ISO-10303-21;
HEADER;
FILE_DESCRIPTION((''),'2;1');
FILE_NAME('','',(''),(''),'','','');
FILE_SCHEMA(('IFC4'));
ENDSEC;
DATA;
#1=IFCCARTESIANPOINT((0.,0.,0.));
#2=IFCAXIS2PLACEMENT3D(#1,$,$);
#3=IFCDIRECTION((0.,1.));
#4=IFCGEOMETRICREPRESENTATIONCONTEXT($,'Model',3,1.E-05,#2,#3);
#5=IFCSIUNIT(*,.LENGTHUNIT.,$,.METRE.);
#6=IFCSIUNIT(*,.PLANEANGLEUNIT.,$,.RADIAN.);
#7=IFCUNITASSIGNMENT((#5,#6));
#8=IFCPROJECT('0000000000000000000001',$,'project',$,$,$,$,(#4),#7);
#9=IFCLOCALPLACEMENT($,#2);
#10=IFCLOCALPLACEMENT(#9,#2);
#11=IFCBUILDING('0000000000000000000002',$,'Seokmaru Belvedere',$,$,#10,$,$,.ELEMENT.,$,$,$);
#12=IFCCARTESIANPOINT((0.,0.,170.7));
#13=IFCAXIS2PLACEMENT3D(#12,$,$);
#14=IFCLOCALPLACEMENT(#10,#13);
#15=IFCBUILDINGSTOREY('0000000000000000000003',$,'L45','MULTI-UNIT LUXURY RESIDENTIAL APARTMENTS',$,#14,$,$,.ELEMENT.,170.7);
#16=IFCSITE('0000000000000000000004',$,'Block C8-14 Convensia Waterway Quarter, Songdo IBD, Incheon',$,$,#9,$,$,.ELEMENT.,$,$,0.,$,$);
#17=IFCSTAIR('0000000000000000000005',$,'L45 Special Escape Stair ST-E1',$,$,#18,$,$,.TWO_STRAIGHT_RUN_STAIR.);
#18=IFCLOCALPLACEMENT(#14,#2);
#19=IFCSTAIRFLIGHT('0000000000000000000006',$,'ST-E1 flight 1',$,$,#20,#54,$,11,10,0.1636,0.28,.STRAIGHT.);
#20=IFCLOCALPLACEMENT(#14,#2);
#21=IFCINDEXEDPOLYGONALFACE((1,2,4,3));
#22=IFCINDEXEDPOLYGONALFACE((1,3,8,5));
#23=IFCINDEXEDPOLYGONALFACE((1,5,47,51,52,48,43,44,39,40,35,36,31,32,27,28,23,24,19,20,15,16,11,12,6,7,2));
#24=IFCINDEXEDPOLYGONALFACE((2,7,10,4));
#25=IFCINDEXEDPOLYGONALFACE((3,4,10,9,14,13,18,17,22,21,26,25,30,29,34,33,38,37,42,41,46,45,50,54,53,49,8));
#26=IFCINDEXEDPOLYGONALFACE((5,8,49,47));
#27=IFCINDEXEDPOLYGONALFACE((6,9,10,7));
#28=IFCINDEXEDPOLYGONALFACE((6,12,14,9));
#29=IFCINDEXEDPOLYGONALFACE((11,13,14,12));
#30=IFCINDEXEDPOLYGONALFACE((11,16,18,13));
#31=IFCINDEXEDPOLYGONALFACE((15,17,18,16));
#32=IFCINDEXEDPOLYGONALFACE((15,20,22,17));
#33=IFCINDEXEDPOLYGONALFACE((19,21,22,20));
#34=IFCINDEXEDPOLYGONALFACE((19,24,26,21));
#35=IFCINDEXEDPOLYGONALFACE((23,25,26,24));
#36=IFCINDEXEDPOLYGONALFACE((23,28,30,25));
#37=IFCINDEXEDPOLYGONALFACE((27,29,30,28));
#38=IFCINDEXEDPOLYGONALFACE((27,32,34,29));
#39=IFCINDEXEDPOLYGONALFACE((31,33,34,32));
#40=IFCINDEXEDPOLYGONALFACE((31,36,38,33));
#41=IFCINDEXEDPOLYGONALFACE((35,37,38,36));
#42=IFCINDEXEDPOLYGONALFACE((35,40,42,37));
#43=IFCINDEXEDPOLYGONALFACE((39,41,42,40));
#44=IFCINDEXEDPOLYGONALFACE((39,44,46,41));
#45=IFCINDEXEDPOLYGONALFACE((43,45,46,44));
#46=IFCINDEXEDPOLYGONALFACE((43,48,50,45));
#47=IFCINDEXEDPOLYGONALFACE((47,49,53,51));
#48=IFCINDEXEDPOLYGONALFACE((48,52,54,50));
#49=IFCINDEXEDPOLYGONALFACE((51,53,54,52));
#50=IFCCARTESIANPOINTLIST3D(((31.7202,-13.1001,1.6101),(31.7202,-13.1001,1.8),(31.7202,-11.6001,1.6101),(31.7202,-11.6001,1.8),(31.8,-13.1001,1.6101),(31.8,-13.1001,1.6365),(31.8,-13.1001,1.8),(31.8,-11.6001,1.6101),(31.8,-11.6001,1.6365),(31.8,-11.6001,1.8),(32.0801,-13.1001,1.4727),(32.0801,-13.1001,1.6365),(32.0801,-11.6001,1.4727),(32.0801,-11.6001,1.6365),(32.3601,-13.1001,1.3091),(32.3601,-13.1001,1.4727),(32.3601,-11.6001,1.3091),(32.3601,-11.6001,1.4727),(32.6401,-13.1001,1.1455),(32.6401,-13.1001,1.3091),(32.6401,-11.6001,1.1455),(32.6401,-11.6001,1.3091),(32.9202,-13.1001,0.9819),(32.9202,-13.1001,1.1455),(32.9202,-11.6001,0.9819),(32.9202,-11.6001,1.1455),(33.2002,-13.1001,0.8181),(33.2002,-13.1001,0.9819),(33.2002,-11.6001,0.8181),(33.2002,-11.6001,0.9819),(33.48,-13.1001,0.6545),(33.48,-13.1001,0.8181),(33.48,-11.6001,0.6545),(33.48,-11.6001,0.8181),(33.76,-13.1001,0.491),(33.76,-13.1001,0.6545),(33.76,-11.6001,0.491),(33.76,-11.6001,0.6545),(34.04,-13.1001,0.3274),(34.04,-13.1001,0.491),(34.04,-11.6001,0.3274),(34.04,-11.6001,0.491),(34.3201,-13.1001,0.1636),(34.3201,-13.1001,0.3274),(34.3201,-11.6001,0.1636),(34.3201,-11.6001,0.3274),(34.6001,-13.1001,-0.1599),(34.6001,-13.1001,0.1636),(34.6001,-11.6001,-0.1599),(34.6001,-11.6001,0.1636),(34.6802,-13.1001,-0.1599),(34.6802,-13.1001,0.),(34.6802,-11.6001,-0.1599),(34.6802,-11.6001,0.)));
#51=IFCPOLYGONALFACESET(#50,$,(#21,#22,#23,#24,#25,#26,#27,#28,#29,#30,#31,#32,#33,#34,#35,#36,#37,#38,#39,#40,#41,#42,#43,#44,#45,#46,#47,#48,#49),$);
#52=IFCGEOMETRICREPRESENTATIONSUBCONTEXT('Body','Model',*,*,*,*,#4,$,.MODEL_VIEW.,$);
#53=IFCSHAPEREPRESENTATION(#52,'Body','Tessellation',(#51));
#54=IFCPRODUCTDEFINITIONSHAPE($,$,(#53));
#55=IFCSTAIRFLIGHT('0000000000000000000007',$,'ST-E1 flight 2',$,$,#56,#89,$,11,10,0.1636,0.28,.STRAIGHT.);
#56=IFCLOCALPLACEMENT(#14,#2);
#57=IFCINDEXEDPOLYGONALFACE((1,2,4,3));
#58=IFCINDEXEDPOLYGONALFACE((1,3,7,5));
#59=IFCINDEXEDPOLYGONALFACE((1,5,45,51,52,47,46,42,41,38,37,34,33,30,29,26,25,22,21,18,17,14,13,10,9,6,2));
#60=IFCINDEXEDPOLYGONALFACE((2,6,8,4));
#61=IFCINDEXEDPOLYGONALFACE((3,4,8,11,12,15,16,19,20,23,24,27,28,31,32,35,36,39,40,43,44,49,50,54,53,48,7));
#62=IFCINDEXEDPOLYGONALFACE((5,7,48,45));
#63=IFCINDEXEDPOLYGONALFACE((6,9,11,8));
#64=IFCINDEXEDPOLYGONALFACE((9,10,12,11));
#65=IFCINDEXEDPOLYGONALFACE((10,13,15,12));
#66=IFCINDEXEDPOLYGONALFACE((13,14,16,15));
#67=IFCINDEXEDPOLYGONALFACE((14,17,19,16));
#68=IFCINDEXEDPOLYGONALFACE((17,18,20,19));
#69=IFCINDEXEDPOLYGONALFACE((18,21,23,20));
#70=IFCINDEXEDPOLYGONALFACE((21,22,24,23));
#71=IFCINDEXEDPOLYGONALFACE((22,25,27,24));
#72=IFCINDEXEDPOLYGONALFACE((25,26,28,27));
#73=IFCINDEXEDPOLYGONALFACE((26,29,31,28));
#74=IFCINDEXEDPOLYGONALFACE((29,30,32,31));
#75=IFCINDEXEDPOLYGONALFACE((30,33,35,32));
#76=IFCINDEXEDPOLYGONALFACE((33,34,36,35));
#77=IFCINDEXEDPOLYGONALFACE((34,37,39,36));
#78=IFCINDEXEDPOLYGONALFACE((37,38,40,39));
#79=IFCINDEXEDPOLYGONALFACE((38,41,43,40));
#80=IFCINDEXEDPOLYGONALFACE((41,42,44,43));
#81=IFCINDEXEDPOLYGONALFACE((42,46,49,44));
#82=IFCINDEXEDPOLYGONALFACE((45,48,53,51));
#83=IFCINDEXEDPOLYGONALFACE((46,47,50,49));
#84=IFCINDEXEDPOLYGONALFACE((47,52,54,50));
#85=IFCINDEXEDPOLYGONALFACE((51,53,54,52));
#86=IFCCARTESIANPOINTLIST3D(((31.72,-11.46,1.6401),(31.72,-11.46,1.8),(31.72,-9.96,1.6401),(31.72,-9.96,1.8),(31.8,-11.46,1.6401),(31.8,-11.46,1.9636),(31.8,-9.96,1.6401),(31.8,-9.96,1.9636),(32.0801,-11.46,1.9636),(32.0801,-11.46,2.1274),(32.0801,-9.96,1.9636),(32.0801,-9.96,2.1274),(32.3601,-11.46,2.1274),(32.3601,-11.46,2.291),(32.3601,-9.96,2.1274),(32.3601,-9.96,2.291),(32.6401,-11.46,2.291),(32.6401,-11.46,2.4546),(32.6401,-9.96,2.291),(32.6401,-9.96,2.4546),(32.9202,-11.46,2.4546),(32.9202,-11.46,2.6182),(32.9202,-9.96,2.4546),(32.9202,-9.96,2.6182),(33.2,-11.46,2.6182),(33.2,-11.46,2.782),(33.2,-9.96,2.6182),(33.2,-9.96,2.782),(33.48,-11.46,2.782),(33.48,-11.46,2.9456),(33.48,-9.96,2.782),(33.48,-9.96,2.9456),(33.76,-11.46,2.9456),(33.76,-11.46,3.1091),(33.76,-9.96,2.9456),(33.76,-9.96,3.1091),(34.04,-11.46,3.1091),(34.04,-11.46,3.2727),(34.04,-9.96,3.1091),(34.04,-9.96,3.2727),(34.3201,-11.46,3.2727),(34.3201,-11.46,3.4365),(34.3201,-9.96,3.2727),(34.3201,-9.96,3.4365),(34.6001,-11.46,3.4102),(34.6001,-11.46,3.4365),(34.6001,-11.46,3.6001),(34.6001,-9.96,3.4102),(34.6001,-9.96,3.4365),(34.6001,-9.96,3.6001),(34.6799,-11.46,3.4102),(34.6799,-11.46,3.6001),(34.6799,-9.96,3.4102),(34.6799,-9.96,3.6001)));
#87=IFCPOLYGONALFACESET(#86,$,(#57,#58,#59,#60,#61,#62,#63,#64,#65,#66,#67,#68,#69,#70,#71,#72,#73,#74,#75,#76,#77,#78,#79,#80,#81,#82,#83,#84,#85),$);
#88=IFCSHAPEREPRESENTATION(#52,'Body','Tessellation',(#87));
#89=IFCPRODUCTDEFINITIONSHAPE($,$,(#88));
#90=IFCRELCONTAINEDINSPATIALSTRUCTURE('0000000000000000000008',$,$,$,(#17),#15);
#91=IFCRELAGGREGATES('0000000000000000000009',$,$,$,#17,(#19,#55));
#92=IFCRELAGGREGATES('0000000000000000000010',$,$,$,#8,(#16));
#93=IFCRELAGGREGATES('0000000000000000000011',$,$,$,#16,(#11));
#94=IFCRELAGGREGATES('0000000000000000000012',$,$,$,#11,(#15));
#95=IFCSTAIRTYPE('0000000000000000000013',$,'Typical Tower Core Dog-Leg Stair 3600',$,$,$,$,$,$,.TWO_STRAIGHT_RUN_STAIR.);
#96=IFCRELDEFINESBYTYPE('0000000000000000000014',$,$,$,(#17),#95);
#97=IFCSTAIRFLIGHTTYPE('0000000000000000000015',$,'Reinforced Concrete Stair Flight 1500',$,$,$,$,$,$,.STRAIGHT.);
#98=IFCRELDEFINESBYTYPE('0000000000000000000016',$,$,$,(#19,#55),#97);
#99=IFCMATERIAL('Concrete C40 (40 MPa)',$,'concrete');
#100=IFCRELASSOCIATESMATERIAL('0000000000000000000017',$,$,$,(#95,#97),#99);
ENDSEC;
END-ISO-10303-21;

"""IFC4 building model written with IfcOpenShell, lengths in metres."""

from ifc_helpers import new_model, si_unit, direction, frame, origin, place, context, subcontext, project, spatial, polyline, outline, extrude, material, type_object, element, aggregate, save


model = new_model("IFC4")

# Units and contexts
model_context = context("Model", 3, precision=1e-05, world=origin(), true_north=direction((0.0, 1.0)))
body_context = subcontext(model_context, "Body", "Model", "MODEL_VIEW")
ifc_project = project(units=[si_unit("LENGTHUNIT", "METRE"), si_unit("PLANEANGLEUNIT", "RADIAN")], contexts=[model_context])

# Site, building, storey
site_placement = place(None, origin())
site = spatial("IfcSite", under=ifc_project, at=site_placement, Name="Block C8-14 Convensia Waterway Quarter, Songdo IBD, Incheon", CompositionType="ELEMENT", RefElevation=0.0)
building_placement = place(site_placement, origin())
building = spatial("IfcBuilding", under=site, at=building_placement, Name="Seokmaru Belvedere", CompositionType="ELEMENT")
storey_placement = place(building_placement, frame((0.0, 0.0, 170.7)))
storey = spatial("IfcBuildingStorey", under=building, at=storey_placement, Name="L45", Description="MULTI-UNIT LUXURY RESIDENTIAL APARTMENTS", CompositionType="ELEMENT", Elevation=170.7)

# Stair, stair flights
ifc_material_1 = material(Name="Concrete C40 (40 MPa)", Category="concrete")
stair_type = type_object("IfcStairType", Name="Typical Tower Core Dog-Leg Stair 3600", PredefinedType="TWO_STRAIGHT_RUN_STAIR", material=ifc_material_1)
stair_placement = place(storey_placement, origin())
stair = element("IfcStair", 1, at=stair_placement, inside=storey, type_object=stair_type, Name="L45 Special Escape Stair ST-E1", PredefinedType="TWO_STRAIGHT_RUN_STAIR")
stair_flight_type = type_object("IfcStairFlightType", Name="Reinforced Concrete Stair Flight 1500", PredefinedType="STRAIGHT", material=ifc_material_1)
stair_flight_1_placement = place(storey_placement, frame((34.6001, -12.3501, 0.0), z_axis=(0.0, 0.0, 1.0), x_axis=(-1.0, 0.0, 0.0)))
stair_flight_1 = element("IfcStairFlight", 2, at=stair_flight_1_placement, type_object=stair_flight_type, Name="ST-E1 flight 1", NumberOfRisers=11, NumberOfTreads=10, PredefinedType="STRAIGHT", RiserHeight=0.1636, TreadLength=0.28, context=body_context, shape_type="SweptSolid", body=[
    extrude(outline(polyline([(-0.0801, 0.0), (0.0, 0.1636), (0.28, 0.1636), (0.28, 0.3274), (0.5601, 0.3274), (0.5601, 0.491), (0.8401, 0.491), (0.8401, 0.6545), (1.1201, 0.6545), (1.1201, 0.8181), (1.3999, 0.8181), (1.3999, 0.9819), (1.6799, 0.9819), (1.6799, 1.1455), (1.96, 1.1455), (1.96, 1.3091), (2.24, 1.3091), (2.24, 1.4727), (2.52, 1.4727), (2.52, 1.6365), (2.8, 1.6365), (2.8, 1.8), (2.8799, 1.8), (2.8799, 1.6101), (2.8, 1.6101), (0.0, -0.1599), (-0.0801, -0.1599), (-0.0801, 0.0)])), frame((0.0, 0.75, 0.0), z_axis=(0.0, -1.0, 0.0), x_axis=(1.0, 0.0, 0.0)), (0.0, 0.0, 1.0), 1.5),
])
stair_flight_2_placement = place(storey_placement, frame((31.8, -10.71, 1.8), z_axis=(0.0, 0.0, 1.0), x_axis=(1.0, 0.0, 0.0)))
stair_flight_2 = element("IfcStairFlight", 3, at=stair_flight_2_placement, type_object=stair_flight_type, Name="ST-E1 flight 2", NumberOfRisers=11, NumberOfTreads=10, PredefinedType="STRAIGHT", RiserHeight=0.1636, TreadLength=0.28, context=body_context, shape_type="SweptSolid", body=[
    extrude(outline(polyline([(-0.0801, 0.0), (0.0, 0.1636), (0.28, 0.1636), (0.28, 0.3274), (0.5601, 0.3274), (0.5601, 0.491), (0.8401, 0.491), (0.8401, 0.6545), (1.1201, 0.6545), (1.1201, 0.8181), (1.3999, 0.8181), (1.3999, 0.9819), (1.6799, 0.9819), (1.6799, 1.1455), (1.96, 1.1455), (1.96, 1.3091), (2.24, 1.3091), (2.24, 1.4727), (2.52, 1.4727), (2.52, 1.6365), (2.8, 1.6365), (2.8, 1.8), (2.8799, 1.8), (2.8799, 1.6101), (2.8, 1.6101), (0.0, -0.1599), (-0.0801, -0.1599), (-0.0801, 0.0)])), frame((0.0, 0.75, 0.0), z_axis=(0.0, -1.0, 0.0), x_axis=(1.0, 0.0, 0.0)), (0.0, 0.0, 1.0), 1.5),
])
aggregate(stair, [stair_flight_1, stair_flight_2])

save(model, "model.ifc")
